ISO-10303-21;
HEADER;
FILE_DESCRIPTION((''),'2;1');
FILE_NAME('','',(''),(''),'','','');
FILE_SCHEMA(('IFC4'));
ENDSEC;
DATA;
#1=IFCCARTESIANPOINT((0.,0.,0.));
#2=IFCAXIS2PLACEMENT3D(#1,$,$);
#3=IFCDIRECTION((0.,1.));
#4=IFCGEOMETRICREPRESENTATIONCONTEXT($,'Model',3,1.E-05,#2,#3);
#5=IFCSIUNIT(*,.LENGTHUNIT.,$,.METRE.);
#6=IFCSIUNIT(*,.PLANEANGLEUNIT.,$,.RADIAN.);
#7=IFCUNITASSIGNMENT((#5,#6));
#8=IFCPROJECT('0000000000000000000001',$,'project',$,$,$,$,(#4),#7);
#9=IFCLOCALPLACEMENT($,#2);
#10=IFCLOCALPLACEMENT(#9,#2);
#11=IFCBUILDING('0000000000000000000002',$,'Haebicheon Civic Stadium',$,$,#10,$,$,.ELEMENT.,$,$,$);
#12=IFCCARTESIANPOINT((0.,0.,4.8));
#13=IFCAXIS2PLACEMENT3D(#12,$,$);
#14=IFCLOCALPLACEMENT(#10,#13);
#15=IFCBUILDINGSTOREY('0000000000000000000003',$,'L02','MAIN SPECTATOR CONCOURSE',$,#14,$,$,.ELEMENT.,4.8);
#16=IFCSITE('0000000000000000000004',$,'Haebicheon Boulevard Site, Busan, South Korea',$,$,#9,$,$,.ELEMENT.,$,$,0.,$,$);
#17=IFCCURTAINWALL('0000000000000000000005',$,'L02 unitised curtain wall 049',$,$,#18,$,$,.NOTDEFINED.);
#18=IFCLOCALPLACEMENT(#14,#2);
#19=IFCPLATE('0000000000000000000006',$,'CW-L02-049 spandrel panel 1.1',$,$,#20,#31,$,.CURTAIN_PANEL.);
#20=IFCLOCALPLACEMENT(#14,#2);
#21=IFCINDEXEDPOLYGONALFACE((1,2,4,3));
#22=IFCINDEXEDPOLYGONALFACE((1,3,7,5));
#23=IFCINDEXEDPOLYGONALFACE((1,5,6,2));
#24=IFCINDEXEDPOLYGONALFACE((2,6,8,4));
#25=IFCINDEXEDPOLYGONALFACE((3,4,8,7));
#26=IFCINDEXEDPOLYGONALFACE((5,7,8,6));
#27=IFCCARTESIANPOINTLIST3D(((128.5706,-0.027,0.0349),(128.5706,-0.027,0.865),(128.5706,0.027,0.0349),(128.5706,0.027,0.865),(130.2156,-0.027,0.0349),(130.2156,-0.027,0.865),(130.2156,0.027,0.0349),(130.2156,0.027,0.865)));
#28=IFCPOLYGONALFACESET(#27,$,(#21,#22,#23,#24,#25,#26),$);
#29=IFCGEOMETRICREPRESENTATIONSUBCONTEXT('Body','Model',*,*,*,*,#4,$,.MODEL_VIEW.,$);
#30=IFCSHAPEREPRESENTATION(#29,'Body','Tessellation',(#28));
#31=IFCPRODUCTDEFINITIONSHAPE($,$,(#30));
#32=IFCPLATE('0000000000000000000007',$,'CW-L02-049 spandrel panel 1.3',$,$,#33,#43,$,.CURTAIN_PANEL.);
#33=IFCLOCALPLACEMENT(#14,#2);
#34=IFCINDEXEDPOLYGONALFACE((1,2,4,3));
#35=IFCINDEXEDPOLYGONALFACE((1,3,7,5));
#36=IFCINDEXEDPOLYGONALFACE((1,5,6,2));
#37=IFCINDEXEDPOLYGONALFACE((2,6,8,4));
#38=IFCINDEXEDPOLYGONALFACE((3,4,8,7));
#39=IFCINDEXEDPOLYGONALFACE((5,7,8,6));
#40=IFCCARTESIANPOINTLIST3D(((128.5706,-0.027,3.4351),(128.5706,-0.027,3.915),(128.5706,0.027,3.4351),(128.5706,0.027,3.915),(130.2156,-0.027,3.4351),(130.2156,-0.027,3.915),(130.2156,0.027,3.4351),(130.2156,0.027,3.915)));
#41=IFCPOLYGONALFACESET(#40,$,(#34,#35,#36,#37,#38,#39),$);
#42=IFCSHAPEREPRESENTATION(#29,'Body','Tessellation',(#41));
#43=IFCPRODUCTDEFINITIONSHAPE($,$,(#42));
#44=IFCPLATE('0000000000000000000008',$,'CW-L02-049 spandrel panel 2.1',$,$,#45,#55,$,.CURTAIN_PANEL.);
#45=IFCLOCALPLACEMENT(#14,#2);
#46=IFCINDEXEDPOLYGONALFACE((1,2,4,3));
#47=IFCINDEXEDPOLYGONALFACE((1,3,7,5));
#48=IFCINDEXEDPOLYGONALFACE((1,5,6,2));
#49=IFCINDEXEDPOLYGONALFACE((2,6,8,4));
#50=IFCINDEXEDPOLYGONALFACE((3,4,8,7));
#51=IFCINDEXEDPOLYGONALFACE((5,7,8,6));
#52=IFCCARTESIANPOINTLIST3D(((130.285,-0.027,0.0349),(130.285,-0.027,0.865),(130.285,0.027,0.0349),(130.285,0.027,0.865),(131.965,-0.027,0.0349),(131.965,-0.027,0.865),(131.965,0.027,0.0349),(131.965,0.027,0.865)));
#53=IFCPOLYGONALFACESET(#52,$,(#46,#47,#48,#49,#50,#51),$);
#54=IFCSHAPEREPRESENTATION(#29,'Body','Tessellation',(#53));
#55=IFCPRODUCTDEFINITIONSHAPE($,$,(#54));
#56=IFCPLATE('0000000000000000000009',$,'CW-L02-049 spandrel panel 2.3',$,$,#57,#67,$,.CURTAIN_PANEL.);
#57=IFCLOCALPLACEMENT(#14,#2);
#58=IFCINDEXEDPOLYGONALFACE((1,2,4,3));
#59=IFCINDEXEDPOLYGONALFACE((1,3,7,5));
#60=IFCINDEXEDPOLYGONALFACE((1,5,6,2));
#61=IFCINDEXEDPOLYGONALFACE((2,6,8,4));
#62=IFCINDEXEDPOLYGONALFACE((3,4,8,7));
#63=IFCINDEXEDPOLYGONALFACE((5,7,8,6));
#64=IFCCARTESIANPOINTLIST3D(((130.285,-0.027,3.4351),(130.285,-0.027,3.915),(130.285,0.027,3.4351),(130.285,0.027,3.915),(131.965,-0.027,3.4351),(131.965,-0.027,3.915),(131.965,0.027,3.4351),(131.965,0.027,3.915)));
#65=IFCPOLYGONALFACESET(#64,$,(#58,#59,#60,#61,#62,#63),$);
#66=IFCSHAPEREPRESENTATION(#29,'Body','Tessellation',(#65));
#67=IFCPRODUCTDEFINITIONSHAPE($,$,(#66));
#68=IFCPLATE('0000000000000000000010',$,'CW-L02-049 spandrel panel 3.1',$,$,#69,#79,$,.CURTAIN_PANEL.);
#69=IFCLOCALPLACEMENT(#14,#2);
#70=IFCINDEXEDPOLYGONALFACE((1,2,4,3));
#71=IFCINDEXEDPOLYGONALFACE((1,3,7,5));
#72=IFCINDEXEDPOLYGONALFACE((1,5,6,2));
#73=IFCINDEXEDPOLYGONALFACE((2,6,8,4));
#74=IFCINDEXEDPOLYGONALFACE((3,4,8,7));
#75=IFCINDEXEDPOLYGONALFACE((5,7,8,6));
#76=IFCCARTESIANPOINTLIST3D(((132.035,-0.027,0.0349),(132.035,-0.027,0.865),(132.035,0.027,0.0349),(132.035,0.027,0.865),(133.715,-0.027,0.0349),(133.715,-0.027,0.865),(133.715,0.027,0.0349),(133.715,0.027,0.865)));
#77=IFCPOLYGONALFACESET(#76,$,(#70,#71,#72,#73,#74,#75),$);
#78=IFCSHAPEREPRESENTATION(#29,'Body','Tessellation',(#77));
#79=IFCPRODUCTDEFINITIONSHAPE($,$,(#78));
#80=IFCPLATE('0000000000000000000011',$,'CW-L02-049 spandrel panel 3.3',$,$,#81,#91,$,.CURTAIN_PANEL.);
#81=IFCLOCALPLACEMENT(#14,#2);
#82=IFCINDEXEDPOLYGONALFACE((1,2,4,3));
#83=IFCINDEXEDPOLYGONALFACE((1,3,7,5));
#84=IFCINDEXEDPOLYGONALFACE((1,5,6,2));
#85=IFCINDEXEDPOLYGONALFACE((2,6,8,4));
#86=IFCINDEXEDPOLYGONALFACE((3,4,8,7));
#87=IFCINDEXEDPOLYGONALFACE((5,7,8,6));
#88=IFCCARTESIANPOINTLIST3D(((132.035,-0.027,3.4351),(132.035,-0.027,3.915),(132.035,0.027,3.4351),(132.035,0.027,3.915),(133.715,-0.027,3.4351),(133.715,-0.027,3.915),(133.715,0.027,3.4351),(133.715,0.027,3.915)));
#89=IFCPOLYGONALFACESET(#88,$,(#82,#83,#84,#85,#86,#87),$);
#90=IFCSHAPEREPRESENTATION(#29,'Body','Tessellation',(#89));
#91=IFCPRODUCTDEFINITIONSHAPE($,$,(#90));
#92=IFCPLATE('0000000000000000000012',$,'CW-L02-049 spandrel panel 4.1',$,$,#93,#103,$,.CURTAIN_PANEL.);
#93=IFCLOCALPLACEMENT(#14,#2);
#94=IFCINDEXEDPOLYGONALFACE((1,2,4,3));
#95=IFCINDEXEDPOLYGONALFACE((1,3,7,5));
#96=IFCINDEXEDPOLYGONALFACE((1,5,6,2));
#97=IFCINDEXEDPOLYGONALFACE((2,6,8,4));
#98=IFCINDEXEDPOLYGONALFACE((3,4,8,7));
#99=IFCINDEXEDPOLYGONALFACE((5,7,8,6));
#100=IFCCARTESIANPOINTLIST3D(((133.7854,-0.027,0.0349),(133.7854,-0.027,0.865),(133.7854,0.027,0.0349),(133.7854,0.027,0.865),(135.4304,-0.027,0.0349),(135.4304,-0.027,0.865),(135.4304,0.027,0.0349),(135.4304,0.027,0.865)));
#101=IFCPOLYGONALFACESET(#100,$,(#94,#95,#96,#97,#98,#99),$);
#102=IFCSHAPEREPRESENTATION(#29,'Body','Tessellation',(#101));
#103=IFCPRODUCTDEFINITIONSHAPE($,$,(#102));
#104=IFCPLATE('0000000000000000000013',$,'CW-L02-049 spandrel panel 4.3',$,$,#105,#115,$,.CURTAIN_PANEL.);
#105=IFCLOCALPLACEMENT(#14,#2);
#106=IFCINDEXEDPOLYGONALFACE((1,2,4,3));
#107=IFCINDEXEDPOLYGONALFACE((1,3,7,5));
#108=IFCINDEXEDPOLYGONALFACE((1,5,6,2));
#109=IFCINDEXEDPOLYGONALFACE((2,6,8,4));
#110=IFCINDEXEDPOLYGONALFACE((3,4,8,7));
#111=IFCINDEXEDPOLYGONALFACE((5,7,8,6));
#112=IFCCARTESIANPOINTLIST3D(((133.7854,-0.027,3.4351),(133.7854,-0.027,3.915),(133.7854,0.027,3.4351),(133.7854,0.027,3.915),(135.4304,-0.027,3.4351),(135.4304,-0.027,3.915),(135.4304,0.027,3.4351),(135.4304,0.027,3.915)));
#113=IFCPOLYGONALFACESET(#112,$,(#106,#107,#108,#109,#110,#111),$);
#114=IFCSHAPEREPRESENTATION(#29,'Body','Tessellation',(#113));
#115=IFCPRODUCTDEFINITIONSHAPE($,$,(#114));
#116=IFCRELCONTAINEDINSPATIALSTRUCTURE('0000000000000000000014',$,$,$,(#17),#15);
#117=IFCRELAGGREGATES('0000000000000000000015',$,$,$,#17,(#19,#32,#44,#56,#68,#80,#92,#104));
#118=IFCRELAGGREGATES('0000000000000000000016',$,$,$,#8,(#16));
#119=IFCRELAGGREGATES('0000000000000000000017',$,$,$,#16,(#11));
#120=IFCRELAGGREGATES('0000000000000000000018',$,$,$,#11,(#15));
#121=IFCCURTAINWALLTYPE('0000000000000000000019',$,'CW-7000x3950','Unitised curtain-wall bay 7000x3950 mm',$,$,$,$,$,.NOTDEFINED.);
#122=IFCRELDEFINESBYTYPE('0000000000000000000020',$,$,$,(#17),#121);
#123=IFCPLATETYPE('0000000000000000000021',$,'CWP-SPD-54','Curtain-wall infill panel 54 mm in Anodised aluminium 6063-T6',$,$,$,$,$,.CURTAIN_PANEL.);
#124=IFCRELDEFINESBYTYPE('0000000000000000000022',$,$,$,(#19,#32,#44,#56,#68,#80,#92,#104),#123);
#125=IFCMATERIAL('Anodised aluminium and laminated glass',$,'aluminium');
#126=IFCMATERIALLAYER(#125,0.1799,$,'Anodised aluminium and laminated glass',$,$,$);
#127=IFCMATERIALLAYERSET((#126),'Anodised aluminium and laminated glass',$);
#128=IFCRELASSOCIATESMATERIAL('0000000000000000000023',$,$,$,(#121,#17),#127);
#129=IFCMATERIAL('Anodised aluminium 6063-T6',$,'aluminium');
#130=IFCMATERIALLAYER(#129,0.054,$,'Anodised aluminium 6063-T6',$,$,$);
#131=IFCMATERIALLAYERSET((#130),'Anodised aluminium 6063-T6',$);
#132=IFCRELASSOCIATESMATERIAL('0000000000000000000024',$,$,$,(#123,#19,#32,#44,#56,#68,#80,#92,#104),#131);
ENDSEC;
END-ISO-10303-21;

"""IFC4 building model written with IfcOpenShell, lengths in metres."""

from ifc_helpers import new_model, si_unit, direction, frame, origin, origin_2d, place, context, subcontext, project, spatial, rectangle, extrude, material, layer, layer_set, type_object, element, aggregate, save


model = new_model("IFC4")

# Units and contexts
model_context = context("Model", 3, precision=1e-05, world=origin(), true_north=direction((0.0, 1.0)))
body_context = subcontext(model_context, "Body", "Model", "MODEL_VIEW")
ifc_project = project(units=[si_unit("LENGTHUNIT", "METRE"), si_unit("PLANEANGLEUNIT", "RADIAN")], contexts=[model_context])

# Site, building, storey
site_placement = place(None, origin())
site = spatial("IfcSite", under=ifc_project, at=site_placement, Name="Haebicheon Boulevard Site, Busan, South Korea", CompositionType="ELEMENT", RefElevation=0.0)
building_placement = place(site_placement, origin())
building = spatial("IfcBuilding", under=site, at=building_placement, Name="Haebicheon Civic Stadium", CompositionType="ELEMENT")
storey_placement = place(building_placement, frame((0.0, 0.0, 4.8)))
storey = spatial("IfcBuildingStorey", under=building, at=storey_placement, Name="L02", Description="MAIN SPECTATOR CONCOURSE", CompositionType="ELEMENT", Elevation=4.8)

# Curtain wall, plates
ifc_material_1 = material(Name="Anodised aluminium and laminated glass", Category="aluminium")
ifc_layer_1 = layer(ifc_material_1, 0.1799, Name="Anodised aluminium and laminated glass")
ifc_layer_set_1 = layer_set([ifc_layer_1], Name="Anodised aluminium and laminated glass")
curtain_wall_type = type_object("IfcCurtainWallType", Name="CW-7000x3950", Description="Unitised curtain-wall bay 7000x3950 mm", PredefinedType="NOTDEFINED", material=ifc_layer_set_1)
curtain_wall_placement = place(storey_placement, origin())
curtain_wall = element("IfcCurtainWall", 1, at=curtain_wall_placement, inside=storey, type_object=curtain_wall_type, material=ifc_layer_set_1, Name="L02 unitised curtain wall 049", PredefinedType="NOTDEFINED")
ifc_material_2 = material(Name="Anodised aluminium 6063-T6", Category="aluminium")
ifc_layer_2 = layer(ifc_material_2, 0.054, Name="Anodised aluminium 6063-T6")
ifc_layer_set_2 = layer_set([ifc_layer_2], Name="Anodised aluminium 6063-T6")
plate_type_1 = type_object("IfcPlateType", Name="CWP-SPD-54", Description="Curtain-wall infill panel 54 mm in Anodised aluminium 6063-T6", PredefinedType="CURTAIN_PANEL", material=ifc_layer_set_2)
plate_1_placement = place(storey_placement, frame((129.3931, 0.0, 0.0349), z_axis=(0.0, 0.0, 1.0), x_axis=(1.0, 0.0, 0.0)))
plate_1 = element("IfcPlate", 2, at=plate_1_placement, type_object=plate_type_1, material=ifc_layer_set_2, Name="CW-L02-049 spandrel panel 1.1", PredefinedType="CURTAIN_PANEL", context=body_context, shape_type="SweptSolid", body=[
    extrude(rectangle(XDim=1.645, YDim=0.054, at=origin_2d()), origin(), (0.0, 0.0, 1.0), 0.8301),
])
plate_2_placement = place(storey_placement, frame((129.3931, 0.0, 3.4351), z_axis=(0.0, 0.0, 1.0), x_axis=(1.0, 0.0, 0.0)))
plate_2 = element("IfcPlate", 3, at=plate_2_placement, type_object=plate_type_1, material=ifc_layer_set_2, Name="CW-L02-049 spandrel panel 1.3", PredefinedType="CURTAIN_PANEL", context=body_context, shape_type="SweptSolid", body=[
    extrude(rectangle(XDim=1.645, YDim=0.054, at=origin_2d()), origin(), (0.0, 0.0, 1.0), 0.48),
])
plate_3_placement = place(storey_placement, frame((131.125, 0.0, 0.0349), z_axis=(0.0, 0.0, 1.0), x_axis=(1.0, 0.0, 0.0)))
plate_3 = element("IfcPlate", 4, at=plate_3_placement, type_object=plate_type_1, material=ifc_layer_set_2, Name="CW-L02-049 spandrel panel 2.1", PredefinedType="CURTAIN_PANEL", context=body_context, shape_type="SweptSolid", body=[
    extrude(rectangle(XDim=1.6799, YDim=0.054, at=origin_2d()), origin(), (0.0, 0.0, 1.0), 0.8301),
])
plate_4_placement = place(storey_placement, frame((131.125, 0.0, 3.4351), z_axis=(0.0, 0.0, 1.0), x_axis=(1.0, 0.0, 0.0)))
plate_4 = element("IfcPlate", 5, at=plate_4_placement, type_object=plate_type_1, material=ifc_layer_set_2, Name="CW-L02-049 spandrel panel 2.3", PredefinedType="CURTAIN_PANEL", context=body_context, shape_type="SweptSolid", body=[
    extrude(rectangle(XDim=1.6799, YDim=0.054, at=origin_2d()), origin(), (0.0, 0.0, 1.0), 0.48),
])
plate_5_placement = place(storey_placement, frame((132.875, 0.0, 0.0349), z_axis=(0.0, 0.0, 1.0), x_axis=(1.0, 0.0, 0.0)))
plate_5 = element("IfcPlate", 6, at=plate_5_placement, type_object=plate_type_1, material=ifc_layer_set_2, Name="CW-L02-049 spandrel panel 3.1", PredefinedType="CURTAIN_PANEL", context=body_context, shape_type="SweptSolid", body=[
    extrude(rectangle(XDim=1.6799, YDim=0.054, at=origin_2d()), origin(), (0.0, 0.0, 1.0), 0.8301),
])
plate_6_placement = place(storey_placement, frame((132.875, 0.0, 3.4351), z_axis=(0.0, 0.0, 1.0), x_axis=(1.0, 0.0, 0.0)))
plate_6 = element("IfcPlate", 7, at=plate_6_placement, type_object=plate_type_1, material=ifc_layer_set_2, Name="CW-L02-049 spandrel panel 3.3", PredefinedType="CURTAIN_PANEL", context=body_context, shape_type="SweptSolid", body=[
    extrude(rectangle(XDim=1.6799, YDim=0.054, at=origin_2d()), origin(), (0.0, 0.0, 1.0), 0.48),
])
plate_7_placement = place(storey_placement, frame((134.6079, 0.0, 0.0349), z_axis=(0.0, 0.0, 1.0), x_axis=(1.0, 0.0, 0.0)))
plate_7 = element("IfcPlate", 8, at=plate_7_placement, type_object=plate_type_1, material=ifc_layer_set_2, Name="CW-L02-049 spandrel panel 4.1", PredefinedType="CURTAIN_PANEL", context=body_context, shape_type="SweptSolid", body=[
    extrude(rectangle(XDim=1.645, YDim=0.054, at=origin_2d()), origin(), (0.0, 0.0, 1.0), 0.8301),
])
plate_8_placement = place(storey_placement, frame((134.6079, 0.0, 3.4351), z_axis=(0.0, 0.0, 1.0), x_axis=(1.0, 0.0, 0.0)))
plate_8 = element("IfcPlate", 9, at=plate_8_placement, type_object=plate_type_1, material=ifc_layer_set_2, Name="CW-L02-049 spandrel panel 4.3", PredefinedType="CURTAIN_PANEL", context=body_context, shape_type="SweptSolid", body=[
    extrude(rectangle(XDim=1.645, YDim=0.054, at=origin_2d()), origin(), (0.0, 0.0, 1.0), 0.48),
])
aggregate(curtain_wall, [plate_1, plate_2, plate_3, plate_4, plate_5, plate_6, plate_7, plate_8])

save(model, "model.ifc")
